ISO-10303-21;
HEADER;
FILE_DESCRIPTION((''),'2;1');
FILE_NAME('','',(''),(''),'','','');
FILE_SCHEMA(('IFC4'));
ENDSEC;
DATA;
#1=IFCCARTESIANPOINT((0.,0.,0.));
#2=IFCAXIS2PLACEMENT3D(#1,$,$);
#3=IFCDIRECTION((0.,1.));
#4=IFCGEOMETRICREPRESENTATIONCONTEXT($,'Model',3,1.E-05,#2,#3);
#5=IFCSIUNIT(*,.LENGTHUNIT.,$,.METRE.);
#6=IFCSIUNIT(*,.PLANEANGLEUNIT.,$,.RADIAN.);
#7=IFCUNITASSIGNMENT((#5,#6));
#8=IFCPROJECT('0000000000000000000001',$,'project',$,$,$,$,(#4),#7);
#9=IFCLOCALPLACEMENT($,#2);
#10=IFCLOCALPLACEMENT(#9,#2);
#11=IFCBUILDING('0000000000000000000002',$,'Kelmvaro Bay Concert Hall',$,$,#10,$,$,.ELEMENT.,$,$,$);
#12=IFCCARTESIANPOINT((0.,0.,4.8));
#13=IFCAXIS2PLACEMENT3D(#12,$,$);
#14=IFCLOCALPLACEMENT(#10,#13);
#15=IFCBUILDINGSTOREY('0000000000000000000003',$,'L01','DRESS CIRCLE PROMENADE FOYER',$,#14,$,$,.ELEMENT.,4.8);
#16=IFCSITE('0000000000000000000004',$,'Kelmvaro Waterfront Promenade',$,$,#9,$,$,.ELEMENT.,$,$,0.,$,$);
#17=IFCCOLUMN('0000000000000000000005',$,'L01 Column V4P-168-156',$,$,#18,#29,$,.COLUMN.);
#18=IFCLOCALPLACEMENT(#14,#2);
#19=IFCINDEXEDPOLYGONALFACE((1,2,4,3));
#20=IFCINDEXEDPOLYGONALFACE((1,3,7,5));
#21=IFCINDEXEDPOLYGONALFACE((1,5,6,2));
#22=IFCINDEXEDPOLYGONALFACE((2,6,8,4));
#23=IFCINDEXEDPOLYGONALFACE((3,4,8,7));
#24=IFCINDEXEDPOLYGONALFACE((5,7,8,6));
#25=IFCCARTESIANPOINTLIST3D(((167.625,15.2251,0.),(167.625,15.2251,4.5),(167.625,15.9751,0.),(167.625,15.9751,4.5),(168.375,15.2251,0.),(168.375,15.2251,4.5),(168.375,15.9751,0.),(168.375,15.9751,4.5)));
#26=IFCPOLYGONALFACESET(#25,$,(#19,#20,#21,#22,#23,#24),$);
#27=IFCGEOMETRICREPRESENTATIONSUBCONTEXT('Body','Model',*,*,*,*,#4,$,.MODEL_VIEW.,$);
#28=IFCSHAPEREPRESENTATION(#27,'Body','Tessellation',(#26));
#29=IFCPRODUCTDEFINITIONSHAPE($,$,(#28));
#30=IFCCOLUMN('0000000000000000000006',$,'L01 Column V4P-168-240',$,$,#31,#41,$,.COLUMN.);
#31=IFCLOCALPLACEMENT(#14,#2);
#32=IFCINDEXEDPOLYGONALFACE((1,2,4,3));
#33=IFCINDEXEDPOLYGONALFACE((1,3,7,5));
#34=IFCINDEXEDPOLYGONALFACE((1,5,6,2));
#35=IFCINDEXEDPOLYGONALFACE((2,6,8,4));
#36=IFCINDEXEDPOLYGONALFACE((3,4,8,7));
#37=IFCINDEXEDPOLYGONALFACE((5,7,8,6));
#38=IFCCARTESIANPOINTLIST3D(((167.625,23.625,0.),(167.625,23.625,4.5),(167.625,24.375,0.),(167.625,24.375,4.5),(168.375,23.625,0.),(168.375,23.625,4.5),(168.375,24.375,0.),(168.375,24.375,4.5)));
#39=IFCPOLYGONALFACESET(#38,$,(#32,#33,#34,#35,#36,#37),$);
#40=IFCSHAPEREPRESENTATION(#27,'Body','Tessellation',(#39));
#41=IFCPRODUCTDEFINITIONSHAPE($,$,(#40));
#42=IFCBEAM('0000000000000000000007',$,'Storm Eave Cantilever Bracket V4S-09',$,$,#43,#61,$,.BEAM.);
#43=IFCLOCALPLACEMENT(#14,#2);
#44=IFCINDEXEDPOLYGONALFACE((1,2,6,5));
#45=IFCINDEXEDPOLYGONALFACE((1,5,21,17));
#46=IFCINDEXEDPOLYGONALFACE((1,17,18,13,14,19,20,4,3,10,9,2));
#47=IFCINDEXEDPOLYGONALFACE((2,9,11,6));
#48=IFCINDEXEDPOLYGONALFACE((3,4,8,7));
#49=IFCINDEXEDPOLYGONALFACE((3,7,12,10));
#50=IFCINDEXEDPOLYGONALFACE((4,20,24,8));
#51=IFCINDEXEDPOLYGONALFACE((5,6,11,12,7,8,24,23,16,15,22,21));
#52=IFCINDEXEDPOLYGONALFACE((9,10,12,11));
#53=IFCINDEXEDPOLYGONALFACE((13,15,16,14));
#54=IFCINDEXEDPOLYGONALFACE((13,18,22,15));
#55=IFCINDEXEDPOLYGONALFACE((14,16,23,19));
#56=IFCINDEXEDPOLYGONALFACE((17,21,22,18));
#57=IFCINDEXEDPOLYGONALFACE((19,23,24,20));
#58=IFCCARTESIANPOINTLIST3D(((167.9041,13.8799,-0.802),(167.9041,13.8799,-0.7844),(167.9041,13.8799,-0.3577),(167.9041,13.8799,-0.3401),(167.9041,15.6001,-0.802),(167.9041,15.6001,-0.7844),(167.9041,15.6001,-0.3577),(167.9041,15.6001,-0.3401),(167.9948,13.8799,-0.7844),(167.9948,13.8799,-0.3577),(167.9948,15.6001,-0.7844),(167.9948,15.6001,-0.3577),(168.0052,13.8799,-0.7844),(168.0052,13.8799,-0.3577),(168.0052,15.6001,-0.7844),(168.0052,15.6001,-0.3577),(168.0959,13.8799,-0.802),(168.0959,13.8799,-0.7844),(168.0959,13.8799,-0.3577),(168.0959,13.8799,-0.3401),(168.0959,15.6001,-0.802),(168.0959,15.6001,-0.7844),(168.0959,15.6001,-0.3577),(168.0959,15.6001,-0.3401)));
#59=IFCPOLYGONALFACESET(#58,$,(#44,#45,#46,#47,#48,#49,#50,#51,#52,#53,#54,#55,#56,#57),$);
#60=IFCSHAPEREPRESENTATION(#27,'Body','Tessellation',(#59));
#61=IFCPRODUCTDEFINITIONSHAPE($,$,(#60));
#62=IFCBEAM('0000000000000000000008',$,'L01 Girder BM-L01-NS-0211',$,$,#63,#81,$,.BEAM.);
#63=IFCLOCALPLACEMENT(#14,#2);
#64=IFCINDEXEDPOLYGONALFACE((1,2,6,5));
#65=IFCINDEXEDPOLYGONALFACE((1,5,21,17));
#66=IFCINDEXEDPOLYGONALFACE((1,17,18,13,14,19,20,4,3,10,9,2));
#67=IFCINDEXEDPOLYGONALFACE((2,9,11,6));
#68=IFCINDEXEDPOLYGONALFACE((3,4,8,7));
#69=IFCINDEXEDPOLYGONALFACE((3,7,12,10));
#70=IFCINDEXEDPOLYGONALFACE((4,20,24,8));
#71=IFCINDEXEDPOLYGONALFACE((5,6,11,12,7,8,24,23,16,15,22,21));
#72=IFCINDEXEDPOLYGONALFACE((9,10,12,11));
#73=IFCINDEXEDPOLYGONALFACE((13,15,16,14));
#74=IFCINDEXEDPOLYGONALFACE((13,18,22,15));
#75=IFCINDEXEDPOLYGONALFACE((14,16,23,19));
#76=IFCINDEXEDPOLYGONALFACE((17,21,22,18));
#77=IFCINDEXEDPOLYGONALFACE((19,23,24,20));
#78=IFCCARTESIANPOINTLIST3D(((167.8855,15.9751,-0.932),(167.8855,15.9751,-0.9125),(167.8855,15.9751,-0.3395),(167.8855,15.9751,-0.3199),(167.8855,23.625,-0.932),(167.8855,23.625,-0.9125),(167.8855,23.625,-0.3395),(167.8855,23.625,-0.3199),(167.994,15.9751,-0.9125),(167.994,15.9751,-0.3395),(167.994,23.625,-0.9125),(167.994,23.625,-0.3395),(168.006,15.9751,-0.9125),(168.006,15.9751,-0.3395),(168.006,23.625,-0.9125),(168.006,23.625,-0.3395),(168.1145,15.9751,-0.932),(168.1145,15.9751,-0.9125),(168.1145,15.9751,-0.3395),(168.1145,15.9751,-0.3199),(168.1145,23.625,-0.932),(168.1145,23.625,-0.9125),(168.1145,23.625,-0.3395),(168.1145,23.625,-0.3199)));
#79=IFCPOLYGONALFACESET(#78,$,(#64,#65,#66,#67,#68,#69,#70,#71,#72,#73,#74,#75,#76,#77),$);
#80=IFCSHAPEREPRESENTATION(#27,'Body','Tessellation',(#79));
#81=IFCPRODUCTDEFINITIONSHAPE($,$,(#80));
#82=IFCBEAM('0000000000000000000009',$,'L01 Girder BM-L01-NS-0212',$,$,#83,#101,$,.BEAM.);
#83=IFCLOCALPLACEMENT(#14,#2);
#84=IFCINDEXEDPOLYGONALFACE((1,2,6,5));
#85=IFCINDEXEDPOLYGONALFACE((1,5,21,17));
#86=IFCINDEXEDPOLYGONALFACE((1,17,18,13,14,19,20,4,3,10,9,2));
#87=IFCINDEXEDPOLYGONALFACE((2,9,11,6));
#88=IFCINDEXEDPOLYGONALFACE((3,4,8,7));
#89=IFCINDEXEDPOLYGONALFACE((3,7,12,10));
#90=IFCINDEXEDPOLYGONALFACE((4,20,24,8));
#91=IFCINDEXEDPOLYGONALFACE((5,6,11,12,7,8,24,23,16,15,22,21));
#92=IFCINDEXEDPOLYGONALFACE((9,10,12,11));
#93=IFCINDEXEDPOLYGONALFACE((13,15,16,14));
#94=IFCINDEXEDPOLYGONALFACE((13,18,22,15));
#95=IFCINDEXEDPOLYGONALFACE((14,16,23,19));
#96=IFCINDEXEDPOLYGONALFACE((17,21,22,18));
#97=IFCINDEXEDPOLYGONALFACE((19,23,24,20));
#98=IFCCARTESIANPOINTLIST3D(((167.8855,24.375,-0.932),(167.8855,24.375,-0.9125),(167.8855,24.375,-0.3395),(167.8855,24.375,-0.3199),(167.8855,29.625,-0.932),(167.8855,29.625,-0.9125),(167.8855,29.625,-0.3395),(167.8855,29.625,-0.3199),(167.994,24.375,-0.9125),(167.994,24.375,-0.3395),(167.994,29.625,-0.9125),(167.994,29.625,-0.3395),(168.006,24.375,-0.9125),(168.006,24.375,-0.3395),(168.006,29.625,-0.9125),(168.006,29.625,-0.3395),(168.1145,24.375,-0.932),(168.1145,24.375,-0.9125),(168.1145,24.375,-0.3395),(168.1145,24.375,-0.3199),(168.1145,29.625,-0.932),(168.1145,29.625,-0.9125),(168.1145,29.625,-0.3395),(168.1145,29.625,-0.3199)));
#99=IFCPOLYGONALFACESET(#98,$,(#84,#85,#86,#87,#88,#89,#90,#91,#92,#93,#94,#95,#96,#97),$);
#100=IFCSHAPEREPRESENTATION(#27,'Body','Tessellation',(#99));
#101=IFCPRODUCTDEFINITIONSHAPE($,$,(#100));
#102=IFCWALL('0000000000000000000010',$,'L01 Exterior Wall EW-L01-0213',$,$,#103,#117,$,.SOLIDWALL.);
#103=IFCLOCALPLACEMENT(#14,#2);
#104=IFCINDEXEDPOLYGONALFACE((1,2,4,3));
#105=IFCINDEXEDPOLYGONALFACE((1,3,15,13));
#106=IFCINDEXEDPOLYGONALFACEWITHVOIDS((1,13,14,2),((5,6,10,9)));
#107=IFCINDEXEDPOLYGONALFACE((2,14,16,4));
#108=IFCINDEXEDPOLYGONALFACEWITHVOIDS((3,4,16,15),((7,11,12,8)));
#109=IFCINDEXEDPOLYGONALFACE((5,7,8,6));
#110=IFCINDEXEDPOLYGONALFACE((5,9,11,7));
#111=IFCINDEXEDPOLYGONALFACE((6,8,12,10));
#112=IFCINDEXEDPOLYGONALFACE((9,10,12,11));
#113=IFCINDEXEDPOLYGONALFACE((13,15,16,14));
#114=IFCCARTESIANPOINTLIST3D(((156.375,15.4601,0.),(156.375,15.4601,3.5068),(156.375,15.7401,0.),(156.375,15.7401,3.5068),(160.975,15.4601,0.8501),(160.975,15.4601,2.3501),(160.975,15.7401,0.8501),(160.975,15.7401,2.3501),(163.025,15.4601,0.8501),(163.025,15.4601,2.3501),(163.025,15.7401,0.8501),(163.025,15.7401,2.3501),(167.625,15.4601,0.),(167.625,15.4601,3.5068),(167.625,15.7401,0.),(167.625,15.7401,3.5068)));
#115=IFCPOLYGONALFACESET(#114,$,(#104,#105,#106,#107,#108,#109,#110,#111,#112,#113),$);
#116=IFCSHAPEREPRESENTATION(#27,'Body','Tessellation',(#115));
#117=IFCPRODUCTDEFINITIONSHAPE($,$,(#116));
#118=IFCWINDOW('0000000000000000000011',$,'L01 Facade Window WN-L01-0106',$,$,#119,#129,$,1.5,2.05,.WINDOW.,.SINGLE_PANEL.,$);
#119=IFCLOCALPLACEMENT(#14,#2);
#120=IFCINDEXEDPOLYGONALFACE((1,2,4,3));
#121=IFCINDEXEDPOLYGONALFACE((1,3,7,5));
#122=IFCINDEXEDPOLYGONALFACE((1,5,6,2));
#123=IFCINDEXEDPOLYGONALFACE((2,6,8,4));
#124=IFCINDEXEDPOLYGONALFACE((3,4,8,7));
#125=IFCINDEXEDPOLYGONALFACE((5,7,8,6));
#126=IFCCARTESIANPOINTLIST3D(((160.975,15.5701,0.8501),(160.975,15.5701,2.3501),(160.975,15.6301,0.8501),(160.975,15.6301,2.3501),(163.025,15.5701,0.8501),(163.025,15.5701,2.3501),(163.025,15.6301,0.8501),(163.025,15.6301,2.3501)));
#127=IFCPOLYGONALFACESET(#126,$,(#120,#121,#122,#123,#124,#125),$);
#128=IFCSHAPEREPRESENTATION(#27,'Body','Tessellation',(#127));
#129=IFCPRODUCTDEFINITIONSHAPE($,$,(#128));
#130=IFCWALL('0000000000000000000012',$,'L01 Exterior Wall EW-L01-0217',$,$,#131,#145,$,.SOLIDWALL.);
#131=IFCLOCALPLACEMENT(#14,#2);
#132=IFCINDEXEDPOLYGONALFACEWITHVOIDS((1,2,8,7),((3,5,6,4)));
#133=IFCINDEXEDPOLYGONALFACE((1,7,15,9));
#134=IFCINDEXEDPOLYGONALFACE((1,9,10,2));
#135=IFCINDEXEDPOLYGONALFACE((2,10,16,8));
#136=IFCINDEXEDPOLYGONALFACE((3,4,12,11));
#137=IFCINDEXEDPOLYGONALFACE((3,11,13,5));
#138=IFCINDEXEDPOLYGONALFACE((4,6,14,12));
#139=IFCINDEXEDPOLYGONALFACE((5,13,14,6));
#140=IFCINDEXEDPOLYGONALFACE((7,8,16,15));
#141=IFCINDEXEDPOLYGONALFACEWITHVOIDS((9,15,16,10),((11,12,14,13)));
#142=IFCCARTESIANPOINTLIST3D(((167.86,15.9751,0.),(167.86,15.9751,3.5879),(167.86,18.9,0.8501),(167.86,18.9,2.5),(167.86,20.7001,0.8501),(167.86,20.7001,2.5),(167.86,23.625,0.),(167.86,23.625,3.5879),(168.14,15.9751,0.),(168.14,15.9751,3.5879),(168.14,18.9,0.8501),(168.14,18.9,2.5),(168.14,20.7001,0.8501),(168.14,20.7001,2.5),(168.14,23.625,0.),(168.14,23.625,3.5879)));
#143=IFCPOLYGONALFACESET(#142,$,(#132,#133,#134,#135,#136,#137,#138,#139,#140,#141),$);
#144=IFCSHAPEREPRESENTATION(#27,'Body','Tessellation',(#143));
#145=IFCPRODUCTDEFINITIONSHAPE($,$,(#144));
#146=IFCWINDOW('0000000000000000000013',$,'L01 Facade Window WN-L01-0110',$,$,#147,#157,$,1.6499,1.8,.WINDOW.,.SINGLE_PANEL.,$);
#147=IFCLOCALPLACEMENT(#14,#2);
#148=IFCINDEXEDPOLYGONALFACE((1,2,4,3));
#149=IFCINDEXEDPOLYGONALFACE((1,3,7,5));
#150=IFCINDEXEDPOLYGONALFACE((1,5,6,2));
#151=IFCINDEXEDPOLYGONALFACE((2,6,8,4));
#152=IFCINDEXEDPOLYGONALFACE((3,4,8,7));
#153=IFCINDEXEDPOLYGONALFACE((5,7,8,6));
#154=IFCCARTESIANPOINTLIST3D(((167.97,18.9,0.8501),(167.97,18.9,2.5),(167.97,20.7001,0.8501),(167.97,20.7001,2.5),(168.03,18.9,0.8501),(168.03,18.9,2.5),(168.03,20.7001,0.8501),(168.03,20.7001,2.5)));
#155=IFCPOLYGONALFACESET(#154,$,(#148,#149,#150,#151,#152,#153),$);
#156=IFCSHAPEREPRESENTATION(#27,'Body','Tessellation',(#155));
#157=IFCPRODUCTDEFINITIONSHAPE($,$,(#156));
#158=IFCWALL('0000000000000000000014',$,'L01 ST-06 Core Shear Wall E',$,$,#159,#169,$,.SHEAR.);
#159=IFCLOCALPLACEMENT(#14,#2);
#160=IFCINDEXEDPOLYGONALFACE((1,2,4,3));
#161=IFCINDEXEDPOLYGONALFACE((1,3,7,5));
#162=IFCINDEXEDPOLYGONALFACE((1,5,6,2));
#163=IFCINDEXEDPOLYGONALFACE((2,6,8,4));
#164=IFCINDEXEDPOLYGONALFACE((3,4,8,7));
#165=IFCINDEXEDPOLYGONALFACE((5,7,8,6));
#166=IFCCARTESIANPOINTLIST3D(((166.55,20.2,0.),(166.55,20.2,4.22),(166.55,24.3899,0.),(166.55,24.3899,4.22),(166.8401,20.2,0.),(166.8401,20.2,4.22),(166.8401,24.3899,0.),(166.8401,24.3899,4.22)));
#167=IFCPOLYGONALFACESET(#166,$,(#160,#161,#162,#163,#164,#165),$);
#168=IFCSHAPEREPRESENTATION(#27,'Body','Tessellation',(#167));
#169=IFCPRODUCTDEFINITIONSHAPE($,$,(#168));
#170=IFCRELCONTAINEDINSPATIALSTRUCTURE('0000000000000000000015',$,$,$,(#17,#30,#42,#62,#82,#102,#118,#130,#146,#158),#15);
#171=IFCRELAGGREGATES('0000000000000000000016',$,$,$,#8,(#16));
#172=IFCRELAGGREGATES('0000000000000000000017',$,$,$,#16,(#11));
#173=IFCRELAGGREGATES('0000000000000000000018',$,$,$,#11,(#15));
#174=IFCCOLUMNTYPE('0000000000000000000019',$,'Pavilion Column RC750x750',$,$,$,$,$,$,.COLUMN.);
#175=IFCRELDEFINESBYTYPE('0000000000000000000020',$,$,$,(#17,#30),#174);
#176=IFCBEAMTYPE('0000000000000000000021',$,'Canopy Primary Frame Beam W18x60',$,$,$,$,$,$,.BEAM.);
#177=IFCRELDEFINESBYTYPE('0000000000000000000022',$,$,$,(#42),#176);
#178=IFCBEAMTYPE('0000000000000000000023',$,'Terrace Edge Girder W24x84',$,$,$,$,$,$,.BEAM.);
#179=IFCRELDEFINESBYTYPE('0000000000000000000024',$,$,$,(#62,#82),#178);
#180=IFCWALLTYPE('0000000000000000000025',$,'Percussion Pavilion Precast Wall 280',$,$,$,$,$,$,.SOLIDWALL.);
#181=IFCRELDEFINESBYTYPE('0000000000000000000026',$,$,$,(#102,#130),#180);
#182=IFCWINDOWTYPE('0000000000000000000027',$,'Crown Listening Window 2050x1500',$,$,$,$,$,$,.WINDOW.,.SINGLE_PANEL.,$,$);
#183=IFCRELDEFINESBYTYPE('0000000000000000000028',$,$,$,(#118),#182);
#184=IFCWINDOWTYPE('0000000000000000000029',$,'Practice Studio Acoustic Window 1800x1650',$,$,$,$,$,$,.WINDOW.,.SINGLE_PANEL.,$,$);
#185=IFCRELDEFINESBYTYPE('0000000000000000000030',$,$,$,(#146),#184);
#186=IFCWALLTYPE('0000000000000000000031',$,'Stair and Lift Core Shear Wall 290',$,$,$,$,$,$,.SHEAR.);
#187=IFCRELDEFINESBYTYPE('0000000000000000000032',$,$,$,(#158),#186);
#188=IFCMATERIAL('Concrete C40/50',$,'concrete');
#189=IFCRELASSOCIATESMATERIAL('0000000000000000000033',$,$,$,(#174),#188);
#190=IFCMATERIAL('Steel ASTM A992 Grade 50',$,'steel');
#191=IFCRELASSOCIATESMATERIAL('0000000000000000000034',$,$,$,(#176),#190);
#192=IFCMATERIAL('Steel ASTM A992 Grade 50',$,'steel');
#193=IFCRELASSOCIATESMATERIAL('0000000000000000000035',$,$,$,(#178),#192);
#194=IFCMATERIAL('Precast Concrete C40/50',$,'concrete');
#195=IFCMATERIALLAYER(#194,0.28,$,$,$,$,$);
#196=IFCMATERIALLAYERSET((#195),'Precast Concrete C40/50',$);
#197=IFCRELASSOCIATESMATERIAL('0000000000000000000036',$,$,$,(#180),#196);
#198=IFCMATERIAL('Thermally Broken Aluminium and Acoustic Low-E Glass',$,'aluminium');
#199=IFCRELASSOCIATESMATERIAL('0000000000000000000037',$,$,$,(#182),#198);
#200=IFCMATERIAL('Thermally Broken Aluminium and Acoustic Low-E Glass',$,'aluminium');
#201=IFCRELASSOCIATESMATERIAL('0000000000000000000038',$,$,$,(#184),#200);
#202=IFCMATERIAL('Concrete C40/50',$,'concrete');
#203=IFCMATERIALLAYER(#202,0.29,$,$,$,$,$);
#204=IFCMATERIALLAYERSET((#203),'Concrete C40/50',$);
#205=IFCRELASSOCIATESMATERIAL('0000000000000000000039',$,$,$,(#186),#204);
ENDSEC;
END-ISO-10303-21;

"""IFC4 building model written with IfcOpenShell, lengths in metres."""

from ifc_helpers import new_model, si_unit, direction, frame, frame_2d, origin, origin_2d, place, context, subcontext, project, spatial, rectangle, i_section, extrude, material, layer, layer_set, material_profile, profile_set, type_object, element, fill, save


model = new_model("IFC4")

# Units and contexts
model_context = context("Model", 3, precision=1e-05, world=origin(), true_north=direction((0.0, 1.0)))
body_context = subcontext(model_context, "Body", "Model", "MODEL_VIEW")
ifc_project = project(units=[si_unit("LENGTHUNIT", "METRE"), si_unit("PLANEANGLEUNIT", "RADIAN")], contexts=[model_context])

# Site, building, storey
site_placement = place(None, origin())
site = spatial("IfcSite", under=ifc_project, at=site_placement, Name="Kelmvaro Waterfront Promenade", CompositionType="ELEMENT", RefElevation=0.0)
building_placement = place(site_placement, origin())
building = spatial("IfcBuilding", under=site, at=building_placement, Name="Kelmvaro Bay Concert Hall", CompositionType="ELEMENT")
storey_placement = place(building_placement, frame((0.0, 0.0, 4.8)))
storey = spatial("IfcBuildingStorey", under=building, at=storey_placement, Name="L01", Description="DRESS CIRCLE PROMENADE FOYER", CompositionType="ELEMENT", Elevation=4.8)

# Columns
ifc_material_1 = material(Name="Concrete C40/50", Category="concrete")
ifc_material_profile_1 = material_profile(ifc_material_1, rectangle(XDim=0.75, YDim=0.75, at=origin_2d()), Name="RC-COL-750X750")
ifc_profile_set_1 = profile_set([ifc_material_profile_1], Name="Concrete C40/50")
column_type = type_object("IfcColumnType", Name="Pavilion Column RC750x750", PredefinedType="COLUMN", material=ifc_profile_set_1)
for number, where, z_axis, x_axis, name in (
    (1, (168.0, 15.6001, 0.0), (0.0, 0.0, 1.0), (1.0, 0.0, 0.0), "L01 Column V4P-168-156"),
    (2, (168.0, 24.0, 0.0), (0.0, 0.0, 1.0), (1.0, 0.0, 0.0), "L01 Column V4P-168-240"),
):
    element("IfcColumn", number, at=place(storey_placement, frame(where, z_axis=z_axis, x_axis=x_axis)), inside=storey, type_object=column_type, Name=name, PredefinedType="COLUMN", context=body_context, shape_type="SweptSolid", body=[
        extrude(rectangle(XDim=0.75, YDim=0.75, at=origin_2d()), origin(), (0.0, 0.0, 1.0), 4.5),
    ])

# Beams
ifc_material_2 = material(Name="Steel ASTM A992 Grade 50", Category="steel")
ifc_material_profile_2 = material_profile(ifc_material_2, i_section(OverallWidth=0.1919, OverallDepth=0.4619, WebThickness=0.0105, FlangeThickness=0.0176, at=origin_2d()), Name="W18X60")
ifc_profile_set_2 = profile_set([ifc_material_profile_2], Name="Steel ASTM A992 Grade 50")
beam_type_1 = type_object("IfcBeamType", Name="Canopy Primary Frame Beam W18x60", PredefinedType="BEAM", material=ifc_profile_set_2)
beam_1_placement = place(storey_placement, frame((168.0, 15.6001, -0.571), z_axis=(0.0, -1.0, 0.0), x_axis=(1.0, 0.0, 0.0)))
element("IfcBeam", 3, at=beam_1_placement, inside=storey, type_object=beam_type_1, Name="Storm Eave Cantilever Bracket V4S-09", PredefinedType="BEAM", context=body_context, shape_type="SweptSolid", body=[
    extrude(i_section(OverallWidth=0.1919, OverallDepth=0.4619, WebThickness=0.0105, FlangeThickness=0.0176, at=origin_2d()), origin(), (0.0, 0.0, 1.0), 1.7202),
])
ifc_material_3 = material(Name="Steel ASTM A992 Grade 50", Category="steel")
ifc_material_profile_3 = material_profile(ifc_material_3, i_section(OverallWidth=0.229, OverallDepth=0.6121, WebThickness=0.012, FlangeThickness=0.0195, at=origin_2d()), Name="W24X84")
ifc_profile_set_3 = profile_set([ifc_material_profile_3], Name="Steel ASTM A992 Grade 50")
beam_type_2 = type_object("IfcBeamType", Name="Terrace Edge Girder W24x84", PredefinedType="BEAM", material=ifc_profile_set_3)
beam_2_placement = place(storey_placement, frame((168.0, 15.9751, -0.626), z_axis=(0.0, 1.0, 0.0), x_axis=(-1.0, 0.0, 0.0)))
element("IfcBeam", 4, at=beam_2_placement, inside=storey, type_object=beam_type_2, Name="L01 Girder BM-L01-NS-0211", PredefinedType="BEAM", context=body_context, shape_type="SweptSolid", body=[
    extrude(i_section(OverallWidth=0.229, OverallDepth=0.6121, WebThickness=0.012, FlangeThickness=0.0195, at=origin_2d()), origin(), (0.0, 0.0, 1.0), 7.6499),
])
beam_3_placement = place(storey_placement, frame((168.0, 24.375, -0.626), z_axis=(0.0, 1.0, 0.0), x_axis=(-1.0, 0.0, 0.0)))
element("IfcBeam", 5, at=beam_3_placement, inside=storey, type_object=beam_type_2, Name="L01 Girder BM-L01-NS-0212", PredefinedType="BEAM", context=body_context, shape_type="SweptSolid", body=[
    extrude(i_section(OverallWidth=0.229, OverallDepth=0.6121, WebThickness=0.012, FlangeThickness=0.0195, at=origin_2d()), origin(), (0.0, 0.0, 1.0), 5.25),
])

# Walls, openings, windows
ifc_material_4 = material(Name="Precast Concrete C40/50", Category="concrete")
ifc_layer_1 = layer(ifc_material_4, 0.28)
ifc_layer_set_1 = layer_set([ifc_layer_1], Name="Precast Concrete C40/50")
wall_type_1 = type_object("IfcWallType", Name="Percussion Pavilion Precast Wall 280", PredefinedType="SOLIDWALL", material=ifc_layer_set_1)
wall_1_placement = place(storey_placement, frame((167.625, 15.6001, 0.0), z_axis=(0.0, 0.0, 1.0), x_axis=(-1.0, 0.0, 0.0)))
wall_1 = element("IfcWall", 6, at=wall_1_placement, inside=storey, type_object=wall_type_1, Name="L01 Exterior Wall EW-L01-0213", PredefinedType="SOLIDWALL", context=body_context, shape_type="SweptSolid", body=[
    extrude(rectangle(XDim=11.25, YDim=0.28, at=frame_2d((5.625, 0.0))), origin(), (0.0, 0.0, 1.0), 3.5068),
])
opening_1_placement = place(wall_1_placement, frame((4.6001, 0.0, 0.8501)))
opening_1 = element("IfcOpeningElement", 7, at=opening_1_placement, cuts=wall_1, PredefinedType="OPENING", context=body_context, shape_type="SweptSolid", body=[
    extrude(rectangle(XDim=2.05, YDim=1.5, at=frame_2d((1.0249, 0.75))), frame((0.0, 0.1499, 0.0), z_axis=(0.0, -1.0, 0.0), x_axis=(1.0, 0.0, 0.0)), (0.0, 0.0, 1.0), 0.3),
])
ifc_material_5 = material(Name="Thermally Broken Aluminium and Acoustic Low-E Glass", Category="aluminium")
window_type_1 = type_object("IfcWindowType", Name="Crown Listening Window 2050x1500", PartitioningType="SINGLE_PANEL", PredefinedType="WINDOW", material=ifc_material_5)
window_1_placement = place(opening_1_placement, origin())
window_1 = element("IfcWindow", 8, at=window_1_placement, inside=storey, type_object=window_type_1, Name="L01 Facade Window WN-L01-0106", OverallHeight=1.5, OverallWidth=2.05, PartitioningType="SINGLE_PANEL", PredefinedType="WINDOW", context=body_context, shape_type="SweptSolid", body=[
    extrude(rectangle(XDim=2.05, YDim=1.5, at=frame_2d((1.0249, 0.75))), frame((0.0, 0.03, 0.0), z_axis=(0.0, -1.0, 0.0), x_axis=(1.0, 0.0, 0.0)), (0.0, 0.0, 1.0), 0.0601),
])
fill(opening_1, window_1)
wall_2_placement = place(storey_placement, frame((168.0, 23.625, 0.0), z_axis=(0.0, 0.0, 1.0), x_axis=(0.0, -1.0, 0.0)))
wall_2 = element("IfcWall", 9, at=wall_2_placement, inside=storey, type_object=wall_type_1, Name="L01 Exterior Wall EW-L01-0217", PredefinedType="SOLIDWALL", context=body_context, shape_type="SweptSolid", body=[
    extrude(rectangle(XDim=7.6499, YDim=0.28, at=frame_2d((3.825, 0.0))), origin(), (0.0, 0.0, 1.0), 3.5879),
])
opening_2_placement = place(wall_2_placement, frame((2.925, 0.0, 0.8501)))
opening_2 = element("IfcOpeningElement", 10, at=opening_2_placement, cuts=wall_2, PredefinedType="OPENING", context=body_context, shape_type="SweptSolid", body=[
    extrude(rectangle(XDim=1.8, YDim=1.6499, at=frame_2d((0.8999, 0.825))), frame((0.0, 0.1499, 0.0), z_axis=(0.0, -1.0, 0.0), x_axis=(1.0, 0.0, 0.0)), (0.0, 0.0, 1.0), 0.3),
])
ifc_material_6 = material(Name="Thermally Broken Aluminium and Acoustic Low-E Glass", Category="aluminium")
window_type_2 = type_object("IfcWindowType", Name="Practice Studio Acoustic Window 1800x1650", PartitioningType="SINGLE_PANEL", PredefinedType="WINDOW", material=ifc_material_6)
window_2_placement = place(opening_2_placement, origin())
window_2 = element("IfcWindow", 11, at=window_2_placement, inside=storey, type_object=window_type_2, Name="L01 Facade Window WN-L01-0110", OverallHeight=1.6499, OverallWidth=1.8, PartitioningType="SINGLE_PANEL", PredefinedType="WINDOW", context=body_context, shape_type="SweptSolid", body=[
    extrude(rectangle(XDim=1.8, YDim=1.6499, at=frame_2d((0.8999, 0.825))), frame((0.0, 0.03, 0.0), z_axis=(0.0, -1.0, 0.0), x_axis=(1.0, 0.0, 0.0)), (0.0, 0.0, 1.0), 0.0601),
])
fill(opening_2, window_2)

# Wall
ifc_material_7 = material(Name="Concrete C40/50", Category="concrete")
ifc_layer_2 = layer(ifc_material_7, 0.29)
ifc_layer_set_2 = layer_set([ifc_layer_2], Name="Concrete C40/50")
wall_type_2 = type_object("IfcWallType", Name="Stair and Lift Core Shear Wall 290", PredefinedType="SHEAR", material=ifc_layer_set_2)
wall_3_placement = place(storey_placement, frame((166.6951, 20.2, 0.0), z_axis=(0.0, 0.0, 1.0), x_axis=(0.0, 1.0, 0.0)))
element("IfcWall", 12, at=wall_3_placement, inside=storey, type_object=wall_type_2, Name="L01 ST-06 Core Shear Wall E", PredefinedType="SHEAR", context=body_context, shape_type="SweptSolid", body=[
    extrude(rectangle(XDim=4.1899, YDim=0.29, at=frame_2d((2.095, 0.0))), origin(), (0.0, 0.0, 1.0), 4.22),
])

save(model, "model.ifc")
